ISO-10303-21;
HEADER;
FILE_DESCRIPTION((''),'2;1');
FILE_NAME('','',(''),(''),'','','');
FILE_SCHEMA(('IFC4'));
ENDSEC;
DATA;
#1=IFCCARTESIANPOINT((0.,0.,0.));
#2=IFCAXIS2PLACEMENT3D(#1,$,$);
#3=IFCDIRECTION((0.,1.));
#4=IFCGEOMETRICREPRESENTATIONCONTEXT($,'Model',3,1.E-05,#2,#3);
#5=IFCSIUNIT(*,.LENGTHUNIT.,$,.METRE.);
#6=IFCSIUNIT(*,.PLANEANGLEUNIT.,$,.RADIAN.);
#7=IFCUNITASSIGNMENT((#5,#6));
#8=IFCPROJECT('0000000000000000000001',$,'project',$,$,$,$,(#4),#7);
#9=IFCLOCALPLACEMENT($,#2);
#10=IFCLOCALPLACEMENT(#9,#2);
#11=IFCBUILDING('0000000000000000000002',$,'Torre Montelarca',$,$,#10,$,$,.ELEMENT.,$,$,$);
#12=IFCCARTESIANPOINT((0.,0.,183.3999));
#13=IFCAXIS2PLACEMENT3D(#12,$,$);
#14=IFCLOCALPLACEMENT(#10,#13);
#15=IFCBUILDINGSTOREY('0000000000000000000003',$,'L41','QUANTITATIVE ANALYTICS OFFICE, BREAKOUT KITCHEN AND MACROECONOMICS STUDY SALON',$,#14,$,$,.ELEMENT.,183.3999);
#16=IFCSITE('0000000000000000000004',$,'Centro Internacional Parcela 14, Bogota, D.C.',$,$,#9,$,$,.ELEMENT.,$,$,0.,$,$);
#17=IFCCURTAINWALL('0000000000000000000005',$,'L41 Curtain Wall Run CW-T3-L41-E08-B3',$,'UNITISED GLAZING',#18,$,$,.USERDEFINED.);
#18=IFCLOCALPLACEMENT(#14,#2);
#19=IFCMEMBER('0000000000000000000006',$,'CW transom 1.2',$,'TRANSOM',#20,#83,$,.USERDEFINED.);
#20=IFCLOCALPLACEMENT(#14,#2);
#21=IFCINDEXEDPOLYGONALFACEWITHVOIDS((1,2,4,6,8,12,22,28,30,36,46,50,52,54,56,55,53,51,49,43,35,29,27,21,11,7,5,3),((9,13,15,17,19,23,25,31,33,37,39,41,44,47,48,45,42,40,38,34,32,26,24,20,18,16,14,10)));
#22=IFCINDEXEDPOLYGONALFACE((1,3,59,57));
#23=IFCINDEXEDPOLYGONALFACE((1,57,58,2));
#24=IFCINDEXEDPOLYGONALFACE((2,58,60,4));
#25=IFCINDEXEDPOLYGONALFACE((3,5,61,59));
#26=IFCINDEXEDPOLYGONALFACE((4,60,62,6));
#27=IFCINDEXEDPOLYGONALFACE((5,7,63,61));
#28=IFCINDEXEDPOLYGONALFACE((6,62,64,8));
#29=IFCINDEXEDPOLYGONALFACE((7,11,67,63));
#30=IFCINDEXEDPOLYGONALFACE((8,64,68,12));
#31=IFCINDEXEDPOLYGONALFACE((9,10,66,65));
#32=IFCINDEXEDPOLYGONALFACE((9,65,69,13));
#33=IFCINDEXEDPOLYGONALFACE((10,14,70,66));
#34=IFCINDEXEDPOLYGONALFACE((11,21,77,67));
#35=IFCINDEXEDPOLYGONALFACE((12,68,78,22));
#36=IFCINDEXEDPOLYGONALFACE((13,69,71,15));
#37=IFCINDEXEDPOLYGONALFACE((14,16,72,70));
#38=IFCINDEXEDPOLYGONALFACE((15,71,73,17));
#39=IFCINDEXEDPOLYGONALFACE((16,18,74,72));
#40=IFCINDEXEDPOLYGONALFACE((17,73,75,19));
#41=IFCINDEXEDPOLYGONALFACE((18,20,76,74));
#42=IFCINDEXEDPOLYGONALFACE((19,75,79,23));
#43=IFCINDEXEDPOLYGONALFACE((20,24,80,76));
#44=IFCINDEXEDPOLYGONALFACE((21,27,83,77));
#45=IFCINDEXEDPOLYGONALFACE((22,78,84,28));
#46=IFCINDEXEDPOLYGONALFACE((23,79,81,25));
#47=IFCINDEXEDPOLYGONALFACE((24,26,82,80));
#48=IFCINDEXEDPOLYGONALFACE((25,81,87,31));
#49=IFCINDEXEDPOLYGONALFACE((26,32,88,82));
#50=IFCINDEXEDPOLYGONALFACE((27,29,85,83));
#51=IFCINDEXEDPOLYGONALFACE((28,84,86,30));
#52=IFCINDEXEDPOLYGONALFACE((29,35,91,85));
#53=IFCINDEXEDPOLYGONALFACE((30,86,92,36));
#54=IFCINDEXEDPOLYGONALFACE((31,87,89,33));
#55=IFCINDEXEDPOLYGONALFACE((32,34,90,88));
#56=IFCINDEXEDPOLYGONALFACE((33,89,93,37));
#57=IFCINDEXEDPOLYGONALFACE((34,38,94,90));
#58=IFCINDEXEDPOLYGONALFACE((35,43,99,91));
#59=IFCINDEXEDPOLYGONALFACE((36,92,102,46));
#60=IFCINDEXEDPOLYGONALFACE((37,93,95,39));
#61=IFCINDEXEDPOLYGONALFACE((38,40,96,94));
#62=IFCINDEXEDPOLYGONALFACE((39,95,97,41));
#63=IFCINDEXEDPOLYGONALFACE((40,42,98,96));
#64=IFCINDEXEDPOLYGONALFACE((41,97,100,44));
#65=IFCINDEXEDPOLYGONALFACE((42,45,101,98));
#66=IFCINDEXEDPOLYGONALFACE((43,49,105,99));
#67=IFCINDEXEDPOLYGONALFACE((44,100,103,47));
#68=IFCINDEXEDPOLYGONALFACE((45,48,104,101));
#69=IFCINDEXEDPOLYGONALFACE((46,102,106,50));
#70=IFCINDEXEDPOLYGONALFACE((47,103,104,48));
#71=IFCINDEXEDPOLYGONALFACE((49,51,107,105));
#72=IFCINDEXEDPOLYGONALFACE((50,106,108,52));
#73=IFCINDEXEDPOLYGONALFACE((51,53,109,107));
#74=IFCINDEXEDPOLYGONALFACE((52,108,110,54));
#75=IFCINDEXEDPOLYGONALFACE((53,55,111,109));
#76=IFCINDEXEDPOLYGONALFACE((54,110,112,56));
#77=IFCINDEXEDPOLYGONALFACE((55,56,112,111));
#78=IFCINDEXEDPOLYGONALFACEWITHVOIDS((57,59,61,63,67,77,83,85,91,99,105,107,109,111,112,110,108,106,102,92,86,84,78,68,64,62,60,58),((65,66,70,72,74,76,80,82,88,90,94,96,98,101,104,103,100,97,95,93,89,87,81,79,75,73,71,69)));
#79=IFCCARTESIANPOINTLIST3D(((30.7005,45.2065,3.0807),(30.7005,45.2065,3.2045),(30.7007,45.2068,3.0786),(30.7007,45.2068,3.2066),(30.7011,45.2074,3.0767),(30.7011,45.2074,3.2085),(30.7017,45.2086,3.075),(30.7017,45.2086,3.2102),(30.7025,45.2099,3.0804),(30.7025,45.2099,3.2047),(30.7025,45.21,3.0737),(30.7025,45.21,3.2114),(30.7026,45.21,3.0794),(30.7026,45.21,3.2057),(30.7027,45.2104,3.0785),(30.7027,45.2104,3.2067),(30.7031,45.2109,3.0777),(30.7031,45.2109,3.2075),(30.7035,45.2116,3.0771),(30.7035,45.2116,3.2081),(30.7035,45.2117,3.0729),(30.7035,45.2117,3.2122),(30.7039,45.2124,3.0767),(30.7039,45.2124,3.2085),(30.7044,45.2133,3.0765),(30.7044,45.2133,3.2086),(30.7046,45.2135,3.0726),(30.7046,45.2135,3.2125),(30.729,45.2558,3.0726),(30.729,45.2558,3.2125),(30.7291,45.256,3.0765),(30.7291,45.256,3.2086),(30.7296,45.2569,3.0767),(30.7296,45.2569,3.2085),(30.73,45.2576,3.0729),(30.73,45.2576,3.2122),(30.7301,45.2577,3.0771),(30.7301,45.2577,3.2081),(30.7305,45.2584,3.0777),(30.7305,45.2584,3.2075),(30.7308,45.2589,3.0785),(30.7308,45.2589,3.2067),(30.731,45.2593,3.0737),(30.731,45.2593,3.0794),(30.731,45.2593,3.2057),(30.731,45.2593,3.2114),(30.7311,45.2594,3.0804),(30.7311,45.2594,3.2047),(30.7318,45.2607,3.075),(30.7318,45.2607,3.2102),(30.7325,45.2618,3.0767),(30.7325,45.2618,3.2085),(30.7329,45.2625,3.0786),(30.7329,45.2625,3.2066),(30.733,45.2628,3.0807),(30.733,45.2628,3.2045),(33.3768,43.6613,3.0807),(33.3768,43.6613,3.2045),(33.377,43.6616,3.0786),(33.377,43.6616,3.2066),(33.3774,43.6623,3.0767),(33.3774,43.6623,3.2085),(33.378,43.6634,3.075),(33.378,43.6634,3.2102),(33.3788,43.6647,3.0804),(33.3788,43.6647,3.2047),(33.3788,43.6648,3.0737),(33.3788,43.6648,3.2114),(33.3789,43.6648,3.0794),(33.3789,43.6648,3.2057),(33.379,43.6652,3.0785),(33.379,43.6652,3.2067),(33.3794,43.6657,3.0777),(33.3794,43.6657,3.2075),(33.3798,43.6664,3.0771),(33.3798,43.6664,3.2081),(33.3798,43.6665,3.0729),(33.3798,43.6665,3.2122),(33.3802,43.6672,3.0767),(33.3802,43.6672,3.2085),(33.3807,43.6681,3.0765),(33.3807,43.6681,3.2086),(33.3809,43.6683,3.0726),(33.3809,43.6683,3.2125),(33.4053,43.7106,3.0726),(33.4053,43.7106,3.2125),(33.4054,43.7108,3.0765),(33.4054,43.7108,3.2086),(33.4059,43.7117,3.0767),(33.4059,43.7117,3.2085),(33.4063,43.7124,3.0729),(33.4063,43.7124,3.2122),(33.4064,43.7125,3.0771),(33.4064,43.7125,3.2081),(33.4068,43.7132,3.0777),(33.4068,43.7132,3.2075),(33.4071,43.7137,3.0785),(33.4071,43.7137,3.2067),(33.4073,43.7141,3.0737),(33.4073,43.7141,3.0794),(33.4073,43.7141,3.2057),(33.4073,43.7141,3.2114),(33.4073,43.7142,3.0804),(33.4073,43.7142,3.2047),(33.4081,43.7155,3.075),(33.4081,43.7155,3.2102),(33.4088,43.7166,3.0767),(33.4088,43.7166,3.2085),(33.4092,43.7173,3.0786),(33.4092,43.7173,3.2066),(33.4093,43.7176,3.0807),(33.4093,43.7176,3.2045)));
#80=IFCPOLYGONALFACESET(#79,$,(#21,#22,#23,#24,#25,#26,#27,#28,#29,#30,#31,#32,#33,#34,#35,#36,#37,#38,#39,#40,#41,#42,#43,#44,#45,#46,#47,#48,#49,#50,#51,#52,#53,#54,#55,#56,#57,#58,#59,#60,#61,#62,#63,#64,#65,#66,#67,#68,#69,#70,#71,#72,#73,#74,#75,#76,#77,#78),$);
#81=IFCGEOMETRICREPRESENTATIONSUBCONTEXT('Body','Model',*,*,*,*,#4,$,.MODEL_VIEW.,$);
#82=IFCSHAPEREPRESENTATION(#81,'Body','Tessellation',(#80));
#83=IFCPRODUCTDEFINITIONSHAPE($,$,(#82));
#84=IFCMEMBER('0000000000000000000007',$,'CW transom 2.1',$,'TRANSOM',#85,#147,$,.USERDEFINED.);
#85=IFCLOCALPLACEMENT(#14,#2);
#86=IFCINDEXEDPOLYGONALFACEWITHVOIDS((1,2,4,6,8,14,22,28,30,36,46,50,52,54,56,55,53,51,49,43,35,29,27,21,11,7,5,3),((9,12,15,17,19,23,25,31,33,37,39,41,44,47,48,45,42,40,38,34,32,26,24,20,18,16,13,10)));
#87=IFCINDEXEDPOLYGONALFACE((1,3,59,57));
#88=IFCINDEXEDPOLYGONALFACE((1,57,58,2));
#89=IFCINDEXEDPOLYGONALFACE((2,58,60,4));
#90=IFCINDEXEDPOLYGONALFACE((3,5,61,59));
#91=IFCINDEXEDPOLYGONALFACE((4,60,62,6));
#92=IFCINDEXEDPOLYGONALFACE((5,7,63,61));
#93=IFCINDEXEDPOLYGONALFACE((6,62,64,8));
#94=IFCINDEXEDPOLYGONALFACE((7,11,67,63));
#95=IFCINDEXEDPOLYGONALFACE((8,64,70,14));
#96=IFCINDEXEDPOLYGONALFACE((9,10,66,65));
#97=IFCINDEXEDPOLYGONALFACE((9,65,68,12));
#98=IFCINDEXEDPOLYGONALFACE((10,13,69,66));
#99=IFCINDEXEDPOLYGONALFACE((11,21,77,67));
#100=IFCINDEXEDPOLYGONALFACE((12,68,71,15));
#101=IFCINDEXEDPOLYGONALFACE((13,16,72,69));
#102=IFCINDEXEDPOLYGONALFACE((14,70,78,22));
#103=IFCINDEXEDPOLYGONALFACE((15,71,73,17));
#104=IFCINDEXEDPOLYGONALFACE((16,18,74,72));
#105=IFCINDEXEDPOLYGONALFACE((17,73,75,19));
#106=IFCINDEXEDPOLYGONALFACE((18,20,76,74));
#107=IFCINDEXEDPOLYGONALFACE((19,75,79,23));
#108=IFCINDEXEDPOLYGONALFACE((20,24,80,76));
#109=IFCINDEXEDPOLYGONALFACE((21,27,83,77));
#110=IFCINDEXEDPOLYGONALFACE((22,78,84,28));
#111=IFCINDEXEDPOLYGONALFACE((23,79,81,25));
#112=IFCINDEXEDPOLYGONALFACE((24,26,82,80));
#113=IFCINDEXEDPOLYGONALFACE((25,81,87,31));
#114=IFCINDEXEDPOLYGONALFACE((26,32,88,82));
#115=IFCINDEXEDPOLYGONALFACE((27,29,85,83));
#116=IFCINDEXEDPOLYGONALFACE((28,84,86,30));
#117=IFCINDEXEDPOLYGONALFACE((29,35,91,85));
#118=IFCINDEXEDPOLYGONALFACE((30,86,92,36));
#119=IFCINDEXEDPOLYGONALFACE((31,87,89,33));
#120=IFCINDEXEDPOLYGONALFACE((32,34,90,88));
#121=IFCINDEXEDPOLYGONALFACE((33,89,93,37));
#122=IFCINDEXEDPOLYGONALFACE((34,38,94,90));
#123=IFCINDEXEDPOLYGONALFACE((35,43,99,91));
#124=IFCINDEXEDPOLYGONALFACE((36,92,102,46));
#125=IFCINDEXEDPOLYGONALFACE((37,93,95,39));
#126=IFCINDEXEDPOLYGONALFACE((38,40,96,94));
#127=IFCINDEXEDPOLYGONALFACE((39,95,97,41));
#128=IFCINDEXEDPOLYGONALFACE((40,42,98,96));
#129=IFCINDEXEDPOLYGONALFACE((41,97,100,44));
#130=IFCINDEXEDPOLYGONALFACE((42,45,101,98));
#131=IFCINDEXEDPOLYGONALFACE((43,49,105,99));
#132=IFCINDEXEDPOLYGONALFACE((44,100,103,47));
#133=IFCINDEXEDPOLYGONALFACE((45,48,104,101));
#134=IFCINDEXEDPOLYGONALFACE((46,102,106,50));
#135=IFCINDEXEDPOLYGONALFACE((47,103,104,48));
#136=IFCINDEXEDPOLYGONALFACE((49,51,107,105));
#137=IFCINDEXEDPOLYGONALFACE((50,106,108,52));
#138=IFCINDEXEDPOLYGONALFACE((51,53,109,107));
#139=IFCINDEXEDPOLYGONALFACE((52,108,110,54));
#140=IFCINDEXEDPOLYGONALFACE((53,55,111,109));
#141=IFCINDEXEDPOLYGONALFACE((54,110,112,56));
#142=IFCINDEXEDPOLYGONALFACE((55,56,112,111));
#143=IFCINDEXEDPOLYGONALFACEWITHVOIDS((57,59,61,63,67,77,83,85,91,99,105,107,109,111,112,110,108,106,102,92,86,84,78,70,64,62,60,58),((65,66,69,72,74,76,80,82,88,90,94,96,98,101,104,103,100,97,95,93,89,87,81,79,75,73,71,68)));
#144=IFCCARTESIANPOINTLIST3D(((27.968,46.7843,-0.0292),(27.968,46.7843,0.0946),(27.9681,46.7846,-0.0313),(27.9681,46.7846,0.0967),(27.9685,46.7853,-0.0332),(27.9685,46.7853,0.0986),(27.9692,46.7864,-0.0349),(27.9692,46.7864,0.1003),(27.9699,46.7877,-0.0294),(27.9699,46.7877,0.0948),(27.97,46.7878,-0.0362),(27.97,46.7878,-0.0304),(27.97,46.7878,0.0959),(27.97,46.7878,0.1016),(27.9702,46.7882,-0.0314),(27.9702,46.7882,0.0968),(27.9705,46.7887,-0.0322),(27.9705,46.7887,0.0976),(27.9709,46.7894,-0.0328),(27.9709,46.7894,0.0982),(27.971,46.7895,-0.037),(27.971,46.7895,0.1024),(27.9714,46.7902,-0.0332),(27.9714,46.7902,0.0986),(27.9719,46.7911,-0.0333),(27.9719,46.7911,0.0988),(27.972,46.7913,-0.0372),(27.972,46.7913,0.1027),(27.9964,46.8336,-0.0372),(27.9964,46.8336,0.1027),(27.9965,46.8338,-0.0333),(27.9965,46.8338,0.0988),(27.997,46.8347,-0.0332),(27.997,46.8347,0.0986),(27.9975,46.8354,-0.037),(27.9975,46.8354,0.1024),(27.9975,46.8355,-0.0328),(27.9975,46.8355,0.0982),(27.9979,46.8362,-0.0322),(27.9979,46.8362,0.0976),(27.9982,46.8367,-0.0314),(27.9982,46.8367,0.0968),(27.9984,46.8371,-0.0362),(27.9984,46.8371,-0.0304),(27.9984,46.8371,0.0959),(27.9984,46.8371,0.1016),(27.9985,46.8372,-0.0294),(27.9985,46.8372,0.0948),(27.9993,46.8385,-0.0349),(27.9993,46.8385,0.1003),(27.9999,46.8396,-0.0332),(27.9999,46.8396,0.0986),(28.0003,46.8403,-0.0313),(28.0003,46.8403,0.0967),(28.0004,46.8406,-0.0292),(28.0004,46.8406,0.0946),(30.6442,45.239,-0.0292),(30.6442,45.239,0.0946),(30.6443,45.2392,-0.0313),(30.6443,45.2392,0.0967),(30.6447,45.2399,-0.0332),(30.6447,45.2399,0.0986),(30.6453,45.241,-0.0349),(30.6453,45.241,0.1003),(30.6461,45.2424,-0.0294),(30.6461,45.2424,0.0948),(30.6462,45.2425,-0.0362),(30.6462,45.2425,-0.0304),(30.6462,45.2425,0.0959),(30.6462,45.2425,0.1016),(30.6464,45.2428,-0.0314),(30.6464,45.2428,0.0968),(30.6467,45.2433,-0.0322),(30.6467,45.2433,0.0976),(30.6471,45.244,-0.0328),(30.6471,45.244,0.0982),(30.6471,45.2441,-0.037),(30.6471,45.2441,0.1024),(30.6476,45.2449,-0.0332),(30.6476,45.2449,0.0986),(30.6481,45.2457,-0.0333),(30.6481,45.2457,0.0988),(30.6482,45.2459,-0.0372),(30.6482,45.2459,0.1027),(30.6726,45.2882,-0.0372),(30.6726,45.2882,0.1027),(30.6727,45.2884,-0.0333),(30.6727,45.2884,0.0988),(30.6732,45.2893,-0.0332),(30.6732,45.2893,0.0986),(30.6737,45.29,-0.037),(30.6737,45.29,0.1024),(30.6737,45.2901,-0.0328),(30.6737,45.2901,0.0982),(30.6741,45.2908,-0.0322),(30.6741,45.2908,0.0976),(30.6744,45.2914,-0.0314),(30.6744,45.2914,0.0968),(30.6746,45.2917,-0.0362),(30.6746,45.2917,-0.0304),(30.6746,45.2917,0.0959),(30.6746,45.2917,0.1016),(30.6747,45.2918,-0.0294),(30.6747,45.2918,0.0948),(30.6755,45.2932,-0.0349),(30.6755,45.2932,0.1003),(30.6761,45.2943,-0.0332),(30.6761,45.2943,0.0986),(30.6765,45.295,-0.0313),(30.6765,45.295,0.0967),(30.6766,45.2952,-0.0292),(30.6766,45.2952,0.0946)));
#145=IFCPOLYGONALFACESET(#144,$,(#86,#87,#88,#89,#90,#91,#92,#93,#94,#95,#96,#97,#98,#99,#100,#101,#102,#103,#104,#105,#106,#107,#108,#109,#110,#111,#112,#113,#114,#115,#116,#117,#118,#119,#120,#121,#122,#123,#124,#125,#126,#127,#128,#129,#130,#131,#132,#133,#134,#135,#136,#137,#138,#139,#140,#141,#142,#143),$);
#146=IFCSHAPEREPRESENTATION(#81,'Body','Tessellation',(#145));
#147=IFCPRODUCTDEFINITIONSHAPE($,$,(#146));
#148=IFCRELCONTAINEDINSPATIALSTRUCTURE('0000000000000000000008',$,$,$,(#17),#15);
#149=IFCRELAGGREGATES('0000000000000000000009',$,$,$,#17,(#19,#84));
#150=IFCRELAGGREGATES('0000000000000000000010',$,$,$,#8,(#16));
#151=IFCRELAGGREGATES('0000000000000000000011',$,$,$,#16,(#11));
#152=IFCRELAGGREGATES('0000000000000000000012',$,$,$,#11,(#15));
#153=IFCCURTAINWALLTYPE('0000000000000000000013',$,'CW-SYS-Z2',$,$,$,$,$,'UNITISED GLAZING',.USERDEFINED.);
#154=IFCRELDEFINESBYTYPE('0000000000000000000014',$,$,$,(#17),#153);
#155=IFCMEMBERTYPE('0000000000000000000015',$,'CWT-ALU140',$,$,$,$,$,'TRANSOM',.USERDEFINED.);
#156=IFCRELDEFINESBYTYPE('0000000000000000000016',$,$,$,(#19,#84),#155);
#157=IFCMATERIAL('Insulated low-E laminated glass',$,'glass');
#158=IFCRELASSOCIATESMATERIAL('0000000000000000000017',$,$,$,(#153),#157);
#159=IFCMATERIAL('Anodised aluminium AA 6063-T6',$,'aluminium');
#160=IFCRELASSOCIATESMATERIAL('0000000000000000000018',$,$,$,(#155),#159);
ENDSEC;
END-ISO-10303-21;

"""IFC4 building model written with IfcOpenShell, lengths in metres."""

from ifc_helpers import new_model, si_unit, direction, frame, origin, origin_2d, place, context, subcontext, project, spatial, hollow_rectangle, extrude, source, transform, mapped, material, material_profile, profile_set, type_object, element, aggregate, save


model = new_model("IFC4")

# Units and contexts
model_context = context("Model", 3, precision=1e-05, world=origin(), true_north=direction((0.0, 1.0)))
body_context = subcontext(model_context, "Body", "Model", "MODEL_VIEW")
ifc_project = project(units=[si_unit("LENGTHUNIT", "METRE"), si_unit("PLANEANGLEUNIT", "RADIAN")], contexts=[model_context])

# Site, building, storey
site_placement = place(None, origin())
site = spatial("IfcSite", under=ifc_project, at=site_placement, Name="Centro Internacional Parcela 14, Bogota, D.C.", CompositionType="ELEMENT", RefElevation=0.0)
building_placement = place(site_placement, origin())
building = spatial("IfcBuilding", under=site, at=building_placement, Name="Torre Montelarca", CompositionType="ELEMENT")
storey_placement = place(building_placement, frame((0.0, 0.0, 183.3999)))
storey = spatial("IfcBuildingStorey", under=building, at=storey_placement, Name="L41", Description="QUANTITATIVE ANALYTICS OFFICE, BREAKOUT KITCHEN AND MACROECONOMICS STUDY SALON", CompositionType="ELEMENT", Elevation=183.3999)

# Shared definitions
ifc_material_1 = material(Name="Insulated low-E laminated glass", Category="glass")
curtain_wall_type = type_object("IfcCurtainWallType", Name="CW-SYS-Z2", ElementType="UNITISED GLAZING", PredefinedType="USERDEFINED", material=ifc_material_1)
ifc_material_2 = material(Name="Anodised aluminium AA 6063-T6", Category="aluminium")

# Curtain wall
curtain_wall_1_placement = place(storey_placement, origin())
curtain_wall_1 = element("IfcCurtainWall", 1, at=curtain_wall_1_placement, inside=storey, type_object=curtain_wall_type, Name="L41 Curtain Wall Run CW-T3-L41-E08-B3", ObjectType="UNITISED GLAZING", PredefinedType="USERDEFINED")

# Members
ifc_material_profile_1 = material_profile(ifc_material_2, hollow_rectangle(XDim=0.0649, YDim=0.1399, WallThickness=0.0039, InnerFilletRadius=0.0039, OuterFilletRadius=0.0081, at=origin_2d()), Name="ALU65X140X4", Category="aluminium")
ifc_profile_set_1 = profile_set([ifc_material_profile_1], Name="Anodised aluminium AA 6063-T6")
member_type_1 = type_object("IfcMemberType", Name="CWT-ALU140", ElementType="TRANSOM", PredefinedType="USERDEFINED", material=ifc_profile_set_1)
shared_shape_1 = source(origin(), body_context, "Body", "SweptSolid", [
    extrude(hollow_rectangle(XDim=0.0649, YDim=0.1399, WallThickness=0.0039, InnerFilletRadius=0.0039, OuterFilletRadius=0.0081, at=origin_2d()), origin(), (0.0, 0.0, 1.0), 3.0903),
])
member_1_placement = place(storey_placement, frame((33.3931, 43.6895, 3.1426), z_axis=(-0.866022, 0.500005, 0.0), x_axis=(-0.500005, -0.866022, 0.0)))
member_1 = element("IfcMember", 2, at=member_1_placement, type_object=member_type_1, Name="CW transom 1.2", ObjectType="TRANSOM", PredefinedType="USERDEFINED", context=body_context, shape_type="MappedRepresentation", body=[
    mapped(shared_shape_1, transform((0.0, 0.0, 0.0), scale=1.0)),
])
member_2_placement = place(storey_placement, frame((30.6604, 45.2671, 0.0327), z_axis=(-0.865988, 0.500064, 0.0), x_axis=(-0.500064, -0.865988, 0.0)))
member_2 = element("IfcMember", 3, at=member_2_placement, type_object=member_type_1, Name="CW transom 2.1", ObjectType="TRANSOM", PredefinedType="USERDEFINED", context=body_context, shape_type="MappedRepresentation", body=[
    mapped(shared_shape_1, transform((0.0, 0.0, 0.0), scale=1.0)),
])

aggregate(curtain_wall_1, [member_1, member_2])

save(model, "model.ifc")
